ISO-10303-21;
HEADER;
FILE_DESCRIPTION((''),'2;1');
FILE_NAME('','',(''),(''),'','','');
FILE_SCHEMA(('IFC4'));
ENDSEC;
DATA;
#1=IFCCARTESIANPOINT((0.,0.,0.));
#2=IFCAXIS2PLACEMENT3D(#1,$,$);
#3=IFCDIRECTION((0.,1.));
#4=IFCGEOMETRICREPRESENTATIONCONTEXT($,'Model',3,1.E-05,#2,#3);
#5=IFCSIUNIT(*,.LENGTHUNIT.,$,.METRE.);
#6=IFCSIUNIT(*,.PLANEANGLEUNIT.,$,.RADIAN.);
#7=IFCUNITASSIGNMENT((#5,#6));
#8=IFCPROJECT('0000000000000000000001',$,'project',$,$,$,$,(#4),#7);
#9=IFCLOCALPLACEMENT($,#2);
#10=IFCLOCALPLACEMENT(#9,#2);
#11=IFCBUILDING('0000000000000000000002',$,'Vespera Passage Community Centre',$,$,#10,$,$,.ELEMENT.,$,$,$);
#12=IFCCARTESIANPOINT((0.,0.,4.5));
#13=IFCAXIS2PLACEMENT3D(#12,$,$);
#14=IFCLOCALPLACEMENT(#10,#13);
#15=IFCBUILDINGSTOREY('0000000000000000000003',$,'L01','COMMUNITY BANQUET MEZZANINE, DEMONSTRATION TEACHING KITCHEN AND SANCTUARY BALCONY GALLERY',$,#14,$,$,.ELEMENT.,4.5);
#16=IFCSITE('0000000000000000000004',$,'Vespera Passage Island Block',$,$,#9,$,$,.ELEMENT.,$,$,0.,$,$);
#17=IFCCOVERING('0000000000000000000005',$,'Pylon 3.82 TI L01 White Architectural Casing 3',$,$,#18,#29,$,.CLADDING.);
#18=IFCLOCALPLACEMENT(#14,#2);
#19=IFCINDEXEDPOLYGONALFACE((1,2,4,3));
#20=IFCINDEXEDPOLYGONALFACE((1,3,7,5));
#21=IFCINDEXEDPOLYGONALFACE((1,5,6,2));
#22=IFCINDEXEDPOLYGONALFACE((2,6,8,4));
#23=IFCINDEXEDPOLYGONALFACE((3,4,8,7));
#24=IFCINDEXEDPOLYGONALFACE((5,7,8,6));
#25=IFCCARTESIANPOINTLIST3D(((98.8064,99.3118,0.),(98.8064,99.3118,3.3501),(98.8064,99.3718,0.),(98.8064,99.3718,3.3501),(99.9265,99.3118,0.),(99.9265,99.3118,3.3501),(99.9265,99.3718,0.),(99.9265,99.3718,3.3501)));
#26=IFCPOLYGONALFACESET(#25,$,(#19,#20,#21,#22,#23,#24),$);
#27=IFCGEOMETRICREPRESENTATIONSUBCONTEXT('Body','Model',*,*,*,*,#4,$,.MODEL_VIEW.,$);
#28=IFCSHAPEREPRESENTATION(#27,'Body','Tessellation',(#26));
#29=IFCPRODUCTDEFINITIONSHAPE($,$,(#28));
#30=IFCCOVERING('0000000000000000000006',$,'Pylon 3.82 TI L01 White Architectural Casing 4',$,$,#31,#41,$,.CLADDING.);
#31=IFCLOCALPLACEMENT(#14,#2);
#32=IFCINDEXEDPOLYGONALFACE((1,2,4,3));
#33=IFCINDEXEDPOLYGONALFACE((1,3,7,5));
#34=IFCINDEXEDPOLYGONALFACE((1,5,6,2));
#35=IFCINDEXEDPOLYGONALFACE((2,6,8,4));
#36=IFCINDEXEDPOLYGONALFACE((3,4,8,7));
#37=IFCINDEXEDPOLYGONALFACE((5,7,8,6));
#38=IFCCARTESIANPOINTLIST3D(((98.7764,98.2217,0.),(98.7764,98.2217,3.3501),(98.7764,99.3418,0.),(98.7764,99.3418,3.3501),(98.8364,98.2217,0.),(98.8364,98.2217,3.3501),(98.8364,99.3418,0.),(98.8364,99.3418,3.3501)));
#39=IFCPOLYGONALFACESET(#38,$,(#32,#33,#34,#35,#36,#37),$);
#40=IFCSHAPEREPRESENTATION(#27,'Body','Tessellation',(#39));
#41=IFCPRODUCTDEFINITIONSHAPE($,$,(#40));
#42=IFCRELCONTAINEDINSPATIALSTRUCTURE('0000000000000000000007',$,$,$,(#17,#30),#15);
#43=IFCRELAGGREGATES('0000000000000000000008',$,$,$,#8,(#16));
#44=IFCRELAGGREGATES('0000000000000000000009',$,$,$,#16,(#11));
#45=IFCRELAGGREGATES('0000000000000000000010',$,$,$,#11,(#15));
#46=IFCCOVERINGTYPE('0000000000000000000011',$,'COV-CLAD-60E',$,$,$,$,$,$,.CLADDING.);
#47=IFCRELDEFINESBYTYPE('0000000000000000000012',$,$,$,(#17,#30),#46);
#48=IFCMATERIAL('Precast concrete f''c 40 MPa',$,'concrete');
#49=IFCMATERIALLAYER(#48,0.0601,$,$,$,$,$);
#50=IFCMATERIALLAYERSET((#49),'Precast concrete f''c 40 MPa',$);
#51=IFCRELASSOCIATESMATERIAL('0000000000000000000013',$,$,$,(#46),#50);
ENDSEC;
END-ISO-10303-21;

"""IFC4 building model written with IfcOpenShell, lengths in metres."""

from ifc_helpers import new_model, si_unit, direction, frame, frame_2d, origin, place, context, subcontext, project, spatial, rectangle, extrude, material, layer, layer_set, type_object, element, save


model = new_model("IFC4")

# Units and contexts
model_context = context("Model", 3, precision=1e-05, world=origin(), true_north=direction((0.0, 1.0)))
body_context = subcontext(model_context, "Body", "Model", "MODEL_VIEW")
ifc_project = project(units=[si_unit("LENGTHUNIT", "METRE"), si_unit("PLANEANGLEUNIT", "RADIAN")], contexts=[model_context])

# Site, building, storey
site_placement = place(None, origin())
site = spatial("IfcSite", under=ifc_project, at=site_placement, Name="Vespera Passage Island Block", CompositionType="ELEMENT", RefElevation=0.0)
building_placement = place(site_placement, origin())
building = spatial("IfcBuilding", under=site, at=building_placement, Name="Vespera Passage Community Centre", CompositionType="ELEMENT")
storey_placement = place(building_placement, frame((0.0, 0.0, 4.5)))
storey = spatial("IfcBuildingStorey", under=building, at=storey_placement, Name="L01", Description="COMMUNITY BANQUET MEZZANINE, DEMONSTRATION TEACHING KITCHEN AND SANCTUARY BALCONY GALLERY", CompositionType="ELEMENT", Elevation=4.5)

# Coverings
ifc_material_1 = material(Name="Precast concrete f'c 40 MPa", Category="concrete")
ifc_layer_1 = layer(ifc_material_1, 0.0601)
ifc_layer_set_1 = layer_set([ifc_layer_1], Name="Precast concrete f'c 40 MPa")
covering_type = type_object("IfcCoveringType", Name="COV-CLAD-60E", PredefinedType="CLADDING", material=ifc_layer_set_1)
for number, where, z_axis, x_axis, name in (
    (1, (99.9265, 99.3418, 0.0), (0.0, 0.0, 1.0), (-1.0, 0.0, 0.0), "Pylon 3.82 TI L01 White Architectural Casing 3"),
    (2, (98.8064, 99.3418, 0.0), (0.0, 0.0, 1.0), (0.0, -1.0, 0.0), "Pylon 3.82 TI L01 White Architectural Casing 4"),
):
    element("IfcCovering", number, at=place(storey_placement, frame(where, z_axis=z_axis, x_axis=x_axis)), inside=storey, type_object=covering_type, Name=name, PredefinedType="CLADDING", context=body_context, shape_type="SweptSolid", body=[
        extrude(rectangle(XDim=1.1201, YDim=0.0601, at=frame_2d((0.5601, 0.0))), origin(), (0.0, 0.0, 1.0), 3.3501),
    ])

save(model, "model.ifc")
